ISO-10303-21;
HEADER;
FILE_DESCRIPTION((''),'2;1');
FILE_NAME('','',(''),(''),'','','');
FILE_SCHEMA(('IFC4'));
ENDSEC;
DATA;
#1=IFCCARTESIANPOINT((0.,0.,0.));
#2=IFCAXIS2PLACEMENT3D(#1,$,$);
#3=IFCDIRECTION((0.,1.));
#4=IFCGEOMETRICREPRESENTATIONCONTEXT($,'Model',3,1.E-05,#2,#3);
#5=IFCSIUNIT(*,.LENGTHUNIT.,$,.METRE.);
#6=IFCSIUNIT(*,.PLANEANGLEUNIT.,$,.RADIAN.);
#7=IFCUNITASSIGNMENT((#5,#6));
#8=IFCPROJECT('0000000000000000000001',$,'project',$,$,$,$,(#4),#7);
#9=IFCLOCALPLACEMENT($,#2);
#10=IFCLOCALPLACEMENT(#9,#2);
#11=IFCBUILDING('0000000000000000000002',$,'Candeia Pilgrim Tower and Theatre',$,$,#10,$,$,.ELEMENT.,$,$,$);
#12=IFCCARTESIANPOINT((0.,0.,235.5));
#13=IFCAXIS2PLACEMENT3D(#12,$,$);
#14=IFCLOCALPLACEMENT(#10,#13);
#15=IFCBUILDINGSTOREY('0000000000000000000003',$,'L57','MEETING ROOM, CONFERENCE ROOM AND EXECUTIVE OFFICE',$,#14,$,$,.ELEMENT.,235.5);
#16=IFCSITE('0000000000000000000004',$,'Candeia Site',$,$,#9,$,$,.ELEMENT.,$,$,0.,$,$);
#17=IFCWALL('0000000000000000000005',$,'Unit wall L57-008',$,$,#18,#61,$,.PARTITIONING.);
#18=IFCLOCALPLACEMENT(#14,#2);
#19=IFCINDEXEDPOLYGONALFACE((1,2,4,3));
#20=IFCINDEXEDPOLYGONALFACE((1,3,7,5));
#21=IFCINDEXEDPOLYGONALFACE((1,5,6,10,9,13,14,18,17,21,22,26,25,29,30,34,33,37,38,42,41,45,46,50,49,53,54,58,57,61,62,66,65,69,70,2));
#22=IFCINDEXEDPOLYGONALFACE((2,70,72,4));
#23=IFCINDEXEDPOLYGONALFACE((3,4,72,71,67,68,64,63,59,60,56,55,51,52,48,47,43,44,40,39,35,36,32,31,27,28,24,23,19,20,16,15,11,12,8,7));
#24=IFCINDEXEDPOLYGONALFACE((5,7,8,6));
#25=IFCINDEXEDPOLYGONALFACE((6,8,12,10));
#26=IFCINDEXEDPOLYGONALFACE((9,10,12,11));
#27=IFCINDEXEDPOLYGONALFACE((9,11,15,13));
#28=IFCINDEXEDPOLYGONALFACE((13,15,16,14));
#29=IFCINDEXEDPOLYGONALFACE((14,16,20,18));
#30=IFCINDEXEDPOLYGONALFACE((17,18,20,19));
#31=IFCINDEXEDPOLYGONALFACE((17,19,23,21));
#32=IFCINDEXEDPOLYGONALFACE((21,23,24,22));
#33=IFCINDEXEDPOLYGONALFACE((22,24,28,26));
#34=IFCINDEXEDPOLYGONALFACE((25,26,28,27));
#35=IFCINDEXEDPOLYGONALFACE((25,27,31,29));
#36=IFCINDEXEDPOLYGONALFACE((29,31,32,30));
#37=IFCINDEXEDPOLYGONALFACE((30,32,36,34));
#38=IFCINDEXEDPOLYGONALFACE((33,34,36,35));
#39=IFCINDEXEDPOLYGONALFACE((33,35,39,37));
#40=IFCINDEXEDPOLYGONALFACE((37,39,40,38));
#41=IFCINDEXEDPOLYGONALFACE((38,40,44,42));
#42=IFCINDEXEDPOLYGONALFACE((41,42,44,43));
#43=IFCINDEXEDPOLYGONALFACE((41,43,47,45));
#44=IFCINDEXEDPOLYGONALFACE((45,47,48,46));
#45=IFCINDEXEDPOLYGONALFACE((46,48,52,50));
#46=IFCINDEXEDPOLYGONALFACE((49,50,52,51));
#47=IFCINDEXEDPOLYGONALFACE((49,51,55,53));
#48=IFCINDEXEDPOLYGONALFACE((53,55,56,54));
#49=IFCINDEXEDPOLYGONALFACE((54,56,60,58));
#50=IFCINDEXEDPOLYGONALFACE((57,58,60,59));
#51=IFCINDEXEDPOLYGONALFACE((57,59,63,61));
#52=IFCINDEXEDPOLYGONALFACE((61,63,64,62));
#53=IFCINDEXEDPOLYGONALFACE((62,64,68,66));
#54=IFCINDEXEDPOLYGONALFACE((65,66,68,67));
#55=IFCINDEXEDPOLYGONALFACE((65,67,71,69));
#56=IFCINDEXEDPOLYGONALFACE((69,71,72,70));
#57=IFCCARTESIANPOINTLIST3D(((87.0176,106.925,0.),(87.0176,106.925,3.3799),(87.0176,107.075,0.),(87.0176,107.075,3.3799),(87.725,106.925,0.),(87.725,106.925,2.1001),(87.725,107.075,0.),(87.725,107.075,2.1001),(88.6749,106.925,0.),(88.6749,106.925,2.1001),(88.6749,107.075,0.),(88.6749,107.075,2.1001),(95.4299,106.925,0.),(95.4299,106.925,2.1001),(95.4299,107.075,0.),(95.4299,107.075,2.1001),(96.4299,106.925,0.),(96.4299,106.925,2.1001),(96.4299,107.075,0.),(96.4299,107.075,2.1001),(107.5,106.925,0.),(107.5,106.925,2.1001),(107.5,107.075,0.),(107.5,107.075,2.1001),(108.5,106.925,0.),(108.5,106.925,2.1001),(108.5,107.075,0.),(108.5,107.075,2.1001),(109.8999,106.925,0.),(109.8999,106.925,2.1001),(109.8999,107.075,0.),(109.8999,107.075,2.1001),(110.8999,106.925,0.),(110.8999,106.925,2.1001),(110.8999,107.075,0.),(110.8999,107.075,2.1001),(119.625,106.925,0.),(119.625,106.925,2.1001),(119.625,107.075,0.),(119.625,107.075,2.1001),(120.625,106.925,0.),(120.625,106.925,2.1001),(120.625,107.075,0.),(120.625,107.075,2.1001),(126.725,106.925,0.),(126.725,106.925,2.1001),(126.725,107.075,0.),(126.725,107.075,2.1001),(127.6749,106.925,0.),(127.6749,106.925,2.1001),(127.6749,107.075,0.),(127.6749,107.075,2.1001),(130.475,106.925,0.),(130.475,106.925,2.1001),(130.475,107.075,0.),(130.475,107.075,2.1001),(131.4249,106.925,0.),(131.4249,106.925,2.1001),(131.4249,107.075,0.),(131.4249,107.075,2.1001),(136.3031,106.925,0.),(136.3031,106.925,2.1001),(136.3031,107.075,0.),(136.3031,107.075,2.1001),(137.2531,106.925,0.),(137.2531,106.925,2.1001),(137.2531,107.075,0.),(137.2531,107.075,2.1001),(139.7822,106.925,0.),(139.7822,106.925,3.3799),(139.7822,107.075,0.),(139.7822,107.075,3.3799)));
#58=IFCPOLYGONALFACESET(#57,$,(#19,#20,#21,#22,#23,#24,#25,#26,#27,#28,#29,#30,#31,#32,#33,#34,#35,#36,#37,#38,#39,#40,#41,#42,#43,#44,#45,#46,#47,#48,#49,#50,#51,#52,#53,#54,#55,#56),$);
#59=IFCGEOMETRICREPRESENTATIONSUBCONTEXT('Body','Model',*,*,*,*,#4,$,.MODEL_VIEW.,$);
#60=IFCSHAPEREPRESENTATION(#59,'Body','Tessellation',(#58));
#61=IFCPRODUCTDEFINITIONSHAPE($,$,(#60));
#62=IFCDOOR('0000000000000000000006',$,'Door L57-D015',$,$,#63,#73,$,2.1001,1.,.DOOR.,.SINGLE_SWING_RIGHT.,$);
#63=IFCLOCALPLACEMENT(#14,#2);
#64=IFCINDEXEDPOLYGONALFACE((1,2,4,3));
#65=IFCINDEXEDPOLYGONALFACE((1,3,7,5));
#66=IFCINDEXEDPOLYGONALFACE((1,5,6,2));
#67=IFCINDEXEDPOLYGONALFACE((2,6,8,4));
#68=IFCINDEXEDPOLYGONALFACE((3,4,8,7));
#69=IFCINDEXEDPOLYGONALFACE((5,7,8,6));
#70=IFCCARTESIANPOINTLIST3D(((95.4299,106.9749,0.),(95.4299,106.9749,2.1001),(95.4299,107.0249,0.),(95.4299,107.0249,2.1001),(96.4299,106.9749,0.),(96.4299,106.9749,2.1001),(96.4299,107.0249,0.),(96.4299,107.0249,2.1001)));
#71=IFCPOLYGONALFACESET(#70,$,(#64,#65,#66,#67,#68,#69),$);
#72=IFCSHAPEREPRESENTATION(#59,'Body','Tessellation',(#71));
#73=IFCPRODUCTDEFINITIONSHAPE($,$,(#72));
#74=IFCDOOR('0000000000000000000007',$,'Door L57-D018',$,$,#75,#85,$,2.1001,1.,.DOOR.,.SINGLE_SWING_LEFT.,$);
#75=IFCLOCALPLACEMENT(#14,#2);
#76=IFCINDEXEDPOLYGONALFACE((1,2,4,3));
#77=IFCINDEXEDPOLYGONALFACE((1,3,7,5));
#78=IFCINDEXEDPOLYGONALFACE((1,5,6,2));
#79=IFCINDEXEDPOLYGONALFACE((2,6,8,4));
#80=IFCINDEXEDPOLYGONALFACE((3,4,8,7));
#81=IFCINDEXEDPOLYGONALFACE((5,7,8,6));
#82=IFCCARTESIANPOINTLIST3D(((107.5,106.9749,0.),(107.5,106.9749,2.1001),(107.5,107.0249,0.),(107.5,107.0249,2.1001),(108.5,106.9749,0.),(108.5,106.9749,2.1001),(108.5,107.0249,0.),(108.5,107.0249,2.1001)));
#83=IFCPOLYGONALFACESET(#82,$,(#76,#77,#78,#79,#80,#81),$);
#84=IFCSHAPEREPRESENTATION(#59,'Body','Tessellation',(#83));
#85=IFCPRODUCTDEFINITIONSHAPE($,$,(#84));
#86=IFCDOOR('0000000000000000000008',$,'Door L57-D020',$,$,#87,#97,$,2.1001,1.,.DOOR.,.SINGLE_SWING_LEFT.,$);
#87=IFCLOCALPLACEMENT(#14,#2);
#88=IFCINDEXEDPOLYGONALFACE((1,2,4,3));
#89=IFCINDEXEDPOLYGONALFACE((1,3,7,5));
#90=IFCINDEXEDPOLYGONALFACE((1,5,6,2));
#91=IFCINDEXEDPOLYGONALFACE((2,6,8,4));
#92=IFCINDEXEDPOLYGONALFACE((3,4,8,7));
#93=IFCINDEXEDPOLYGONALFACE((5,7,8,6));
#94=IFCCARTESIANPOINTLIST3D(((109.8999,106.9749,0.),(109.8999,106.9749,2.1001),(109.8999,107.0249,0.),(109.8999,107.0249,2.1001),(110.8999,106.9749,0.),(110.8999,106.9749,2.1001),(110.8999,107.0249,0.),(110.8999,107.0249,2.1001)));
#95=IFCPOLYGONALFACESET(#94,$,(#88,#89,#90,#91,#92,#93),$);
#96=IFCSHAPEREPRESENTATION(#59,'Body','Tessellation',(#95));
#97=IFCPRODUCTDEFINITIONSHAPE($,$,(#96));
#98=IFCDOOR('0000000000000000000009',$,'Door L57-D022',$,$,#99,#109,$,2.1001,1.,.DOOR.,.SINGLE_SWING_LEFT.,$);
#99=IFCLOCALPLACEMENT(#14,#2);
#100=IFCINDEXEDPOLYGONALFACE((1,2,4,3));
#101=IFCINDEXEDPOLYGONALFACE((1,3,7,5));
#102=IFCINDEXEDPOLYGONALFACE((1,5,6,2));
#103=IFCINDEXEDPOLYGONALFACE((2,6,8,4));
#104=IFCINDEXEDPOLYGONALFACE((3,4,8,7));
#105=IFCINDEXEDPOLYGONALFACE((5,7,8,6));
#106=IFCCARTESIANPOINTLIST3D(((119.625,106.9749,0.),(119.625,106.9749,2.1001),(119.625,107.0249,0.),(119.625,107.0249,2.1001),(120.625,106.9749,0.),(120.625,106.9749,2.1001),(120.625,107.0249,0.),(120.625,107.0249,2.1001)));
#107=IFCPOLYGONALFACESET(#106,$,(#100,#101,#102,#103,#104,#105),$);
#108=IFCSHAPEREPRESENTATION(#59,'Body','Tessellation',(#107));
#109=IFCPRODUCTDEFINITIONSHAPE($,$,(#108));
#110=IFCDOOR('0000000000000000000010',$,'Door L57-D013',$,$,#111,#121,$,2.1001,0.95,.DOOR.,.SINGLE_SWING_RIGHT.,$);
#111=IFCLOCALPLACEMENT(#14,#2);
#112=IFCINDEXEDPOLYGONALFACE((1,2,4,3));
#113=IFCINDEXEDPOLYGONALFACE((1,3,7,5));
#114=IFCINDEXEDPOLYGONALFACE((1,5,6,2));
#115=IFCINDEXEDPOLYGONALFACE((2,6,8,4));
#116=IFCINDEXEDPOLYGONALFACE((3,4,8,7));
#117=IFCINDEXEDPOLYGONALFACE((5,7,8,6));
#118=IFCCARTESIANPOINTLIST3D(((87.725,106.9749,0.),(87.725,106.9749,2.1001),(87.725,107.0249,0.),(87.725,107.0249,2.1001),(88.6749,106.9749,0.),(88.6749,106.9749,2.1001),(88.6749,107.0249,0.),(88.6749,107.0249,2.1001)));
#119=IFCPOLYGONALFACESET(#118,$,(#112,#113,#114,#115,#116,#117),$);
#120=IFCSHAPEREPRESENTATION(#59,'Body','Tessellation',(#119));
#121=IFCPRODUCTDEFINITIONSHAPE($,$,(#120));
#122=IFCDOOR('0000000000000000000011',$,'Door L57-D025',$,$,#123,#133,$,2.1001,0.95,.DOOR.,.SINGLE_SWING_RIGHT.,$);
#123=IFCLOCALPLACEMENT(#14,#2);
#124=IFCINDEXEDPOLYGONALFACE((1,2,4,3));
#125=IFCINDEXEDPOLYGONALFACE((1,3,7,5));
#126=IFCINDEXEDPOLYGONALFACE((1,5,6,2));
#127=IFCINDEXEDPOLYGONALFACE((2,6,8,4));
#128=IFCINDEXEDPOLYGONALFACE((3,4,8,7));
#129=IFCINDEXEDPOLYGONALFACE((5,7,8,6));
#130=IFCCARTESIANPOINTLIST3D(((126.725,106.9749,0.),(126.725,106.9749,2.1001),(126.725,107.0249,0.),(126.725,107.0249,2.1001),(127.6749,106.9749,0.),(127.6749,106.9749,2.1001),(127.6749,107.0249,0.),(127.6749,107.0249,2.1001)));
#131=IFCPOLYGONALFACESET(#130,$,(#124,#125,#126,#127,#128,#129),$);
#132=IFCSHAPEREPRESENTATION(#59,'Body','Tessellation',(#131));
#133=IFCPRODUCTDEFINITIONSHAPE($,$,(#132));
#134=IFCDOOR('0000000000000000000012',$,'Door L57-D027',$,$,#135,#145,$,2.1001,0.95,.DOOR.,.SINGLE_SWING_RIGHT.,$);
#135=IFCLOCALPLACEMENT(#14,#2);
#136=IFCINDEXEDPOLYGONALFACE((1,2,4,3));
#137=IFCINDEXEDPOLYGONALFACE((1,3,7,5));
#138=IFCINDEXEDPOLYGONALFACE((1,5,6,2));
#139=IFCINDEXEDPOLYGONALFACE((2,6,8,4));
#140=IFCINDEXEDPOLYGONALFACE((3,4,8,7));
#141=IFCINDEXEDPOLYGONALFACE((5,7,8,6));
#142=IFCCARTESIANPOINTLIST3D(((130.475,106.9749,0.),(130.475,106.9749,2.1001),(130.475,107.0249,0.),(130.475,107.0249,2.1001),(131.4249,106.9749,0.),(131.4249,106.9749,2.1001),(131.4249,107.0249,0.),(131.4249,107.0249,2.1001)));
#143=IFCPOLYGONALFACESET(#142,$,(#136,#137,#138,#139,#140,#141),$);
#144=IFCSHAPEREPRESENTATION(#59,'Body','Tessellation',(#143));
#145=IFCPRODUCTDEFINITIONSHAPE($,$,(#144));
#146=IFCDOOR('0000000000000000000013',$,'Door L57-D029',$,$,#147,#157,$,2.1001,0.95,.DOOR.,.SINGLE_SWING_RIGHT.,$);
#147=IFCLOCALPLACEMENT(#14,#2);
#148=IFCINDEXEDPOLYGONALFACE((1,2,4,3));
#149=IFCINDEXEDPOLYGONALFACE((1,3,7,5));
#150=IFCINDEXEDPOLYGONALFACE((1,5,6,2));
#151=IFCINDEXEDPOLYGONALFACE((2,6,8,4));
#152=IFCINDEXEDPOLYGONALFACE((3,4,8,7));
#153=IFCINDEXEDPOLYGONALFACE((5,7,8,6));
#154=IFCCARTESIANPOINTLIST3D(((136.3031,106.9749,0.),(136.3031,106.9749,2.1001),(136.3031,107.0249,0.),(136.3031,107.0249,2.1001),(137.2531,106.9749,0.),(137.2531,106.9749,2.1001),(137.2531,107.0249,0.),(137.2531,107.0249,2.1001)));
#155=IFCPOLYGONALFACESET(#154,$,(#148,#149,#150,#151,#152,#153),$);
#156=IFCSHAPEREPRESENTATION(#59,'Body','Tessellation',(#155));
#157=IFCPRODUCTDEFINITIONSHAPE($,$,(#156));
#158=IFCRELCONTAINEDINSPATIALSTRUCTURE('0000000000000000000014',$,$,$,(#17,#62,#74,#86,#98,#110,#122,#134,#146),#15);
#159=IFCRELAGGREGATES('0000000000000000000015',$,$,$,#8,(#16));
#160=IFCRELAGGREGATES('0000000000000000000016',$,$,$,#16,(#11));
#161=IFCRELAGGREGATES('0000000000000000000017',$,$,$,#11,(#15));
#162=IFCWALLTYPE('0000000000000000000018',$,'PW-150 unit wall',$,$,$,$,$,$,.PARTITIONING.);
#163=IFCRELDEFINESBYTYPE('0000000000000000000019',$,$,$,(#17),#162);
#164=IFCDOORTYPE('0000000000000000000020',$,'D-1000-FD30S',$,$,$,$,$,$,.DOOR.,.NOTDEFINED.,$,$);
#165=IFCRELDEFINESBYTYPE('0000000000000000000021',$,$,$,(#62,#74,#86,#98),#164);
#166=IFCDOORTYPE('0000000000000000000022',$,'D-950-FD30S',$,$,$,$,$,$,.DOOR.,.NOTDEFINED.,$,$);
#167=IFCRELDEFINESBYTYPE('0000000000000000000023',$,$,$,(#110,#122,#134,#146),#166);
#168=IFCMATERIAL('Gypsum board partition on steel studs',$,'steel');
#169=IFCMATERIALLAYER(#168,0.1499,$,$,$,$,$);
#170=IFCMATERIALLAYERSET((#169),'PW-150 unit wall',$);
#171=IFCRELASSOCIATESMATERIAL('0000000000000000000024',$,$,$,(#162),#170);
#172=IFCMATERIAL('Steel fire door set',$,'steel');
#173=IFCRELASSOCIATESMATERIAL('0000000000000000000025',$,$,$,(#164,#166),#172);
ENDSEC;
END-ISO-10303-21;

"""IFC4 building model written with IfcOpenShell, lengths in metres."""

from ifc_helpers import new_model, si_unit, direction, frame, frame_2d, origin, place, context, subcontext, project, spatial, rectangle, extrude, material, layer, layer_set, type_object, element, fill, save


model = new_model("IFC4")

# Units and contexts
model_context = context("Model", 3, precision=1e-05, world=origin(), true_north=direction((0.0, 1.0)))
body_context = subcontext(model_context, "Body", "Model", "MODEL_VIEW")
ifc_project = project(units=[si_unit("LENGTHUNIT", "METRE"), si_unit("PLANEANGLEUNIT", "RADIAN")], contexts=[model_context])

# Site, building, storey
site_placement = place(None, origin())
site = spatial("IfcSite", under=ifc_project, at=site_placement, Name="Candeia Site", CompositionType="ELEMENT", RefElevation=0.0)
building_placement = place(site_placement, origin())
building = spatial("IfcBuilding", under=site, at=building_placement, Name="Candeia Pilgrim Tower and Theatre", CompositionType="ELEMENT")
storey_placement = place(building_placement, frame((0.0, 0.0, 235.5)))
storey = spatial("IfcBuildingStorey", under=building, at=storey_placement, Name="L57", Description="MEETING ROOM, CONFERENCE ROOM AND EXECUTIVE OFFICE", CompositionType="ELEMENT", Elevation=235.5)

# Shared definitions
ifc_material_1 = material(Name="Gypsum board partition on steel studs", Category="steel")

# Wall, openings, doors
ifc_layer_1 = layer(ifc_material_1, 0.1499)
ifc_layer_set_1 = layer_set([ifc_layer_1], Name="PW-150 unit wall")
wall_type_1 = type_object("IfcWallType", Name="PW-150 unit wall", PredefinedType="PARTITIONING", material=ifc_layer_set_1)
wall_1_placement = place(storey_placement, frame((87.0176, 107.0, 0.0), z_axis=(0.0, 0.0, 1.0), x_axis=(1.0, 0.0, 0.0)))
wall_1 = element("IfcWall", 1, at=wall_1_placement, inside=storey, type_object=wall_type_1, Name="Unit wall L57-008", PredefinedType="PARTITIONING", context=body_context, shape_type="SweptSolid", body=[
    extrude(rectangle(XDim=52.7646, YDim=0.1499, at=frame_2d((26.3823, 0.0))), origin(), (0.0, 0.0, 1.0), 3.3799),
])
opening_1_placement = place(wall_1_placement, frame((0.7073, 0.0, 0.0)))
opening_1 = element("IfcOpeningElement", 2, at=opening_1_placement, cuts=wall_1, PredefinedType="OPENING", context=body_context, shape_type="SweptSolid", body=[
    extrude(rectangle(XDim=0.95, YDim=2.1001, at=frame_2d((0.4751, 1.05))), frame((0.0, 0.085, 0.0), z_axis=(0.0, -1.0, 0.0), x_axis=(1.0, 0.0, 0.0)), (0.0, 0.0, 1.0), 0.1699),
])
opening_2_placement = place(wall_1_placement, frame((8.4124, 0.0, 0.0)))
opening_2 = element("IfcOpeningElement", 3, at=opening_2_placement, cuts=wall_1, PredefinedType="OPENING", context=body_context, shape_type="SweptSolid", body=[
    extrude(rectangle(XDim=1.0, YDim=2.1001, at=frame_2d((0.5, 1.05))), frame((0.0, 0.085, 0.0), z_axis=(0.0, -1.0, 0.0), x_axis=(1.0, 0.0, 0.0)), (0.0, 0.0, 1.0), 0.1699),
])
opening_3_placement = place(wall_1_placement, frame((20.4824, 0.0, 0.0)))
opening_3 = element("IfcOpeningElement", 4, at=opening_3_placement, cuts=wall_1, PredefinedType="OPENING", context=body_context, shape_type="SweptSolid", body=[
    extrude(rectangle(XDim=1.0, YDim=2.1001, at=frame_2d((0.5, 1.05))), frame((0.0, 0.085, 0.0), z_axis=(0.0, -1.0, 0.0), x_axis=(1.0, 0.0, 0.0)), (0.0, 0.0, 1.0), 0.1699),
])
opening_4_placement = place(wall_1_placement, frame((22.8823, 0.0, 0.0)))
opening_4 = element("IfcOpeningElement", 5, at=opening_4_placement, cuts=wall_1, PredefinedType="OPENING", context=body_context, shape_type="SweptSolid", body=[
    extrude(rectangle(XDim=1.0, YDim=2.1001, at=frame_2d((0.5, 1.05))), frame((0.0, 0.085, 0.0), z_axis=(0.0, -1.0, 0.0), x_axis=(1.0, 0.0, 0.0)), (0.0, 0.0, 1.0), 0.1699),
])
opening_5_placement = place(wall_1_placement, frame((32.6074, 0.0, 0.0)))
opening_5 = element("IfcOpeningElement", 6, at=opening_5_placement, cuts=wall_1, PredefinedType="OPENING", context=body_context, shape_type="SweptSolid", body=[
    extrude(rectangle(XDim=1.0, YDim=2.1001, at=frame_2d((0.5, 1.05))), frame((0.0, 0.085, 0.0), z_axis=(0.0, -1.0, 0.0), x_axis=(1.0, 0.0, 0.0)), (0.0, 0.0, 1.0), 0.1699),
])
opening_6_placement = place(wall_1_placement, frame((39.7073, 0.0, 0.0)))
opening_6 = element("IfcOpeningElement", 7, at=opening_6_placement, cuts=wall_1, PredefinedType="OPENING", context=body_context, shape_type="SweptSolid", body=[
    extrude(rectangle(XDim=0.95, YDim=2.1001, at=frame_2d((0.4751, 1.05))), frame((0.0, 0.085, 0.0), z_axis=(0.0, -1.0, 0.0), x_axis=(1.0, 0.0, 0.0)), (0.0, 0.0, 1.0), 0.1699),
])
opening_7_placement = place(wall_1_placement, frame((43.4573, 0.0, 0.0)))
opening_7 = element("IfcOpeningElement", 8, at=opening_7_placement, cuts=wall_1, PredefinedType="OPENING", context=body_context, shape_type="SweptSolid", body=[
    extrude(rectangle(XDim=0.95, YDim=2.1001, at=frame_2d((0.4751, 1.05))), frame((0.0, 0.085, 0.0), z_axis=(0.0, -1.0, 0.0), x_axis=(1.0, 0.0, 0.0)), (0.0, 0.0, 1.0), 0.1699),
])
opening_8_placement = place(wall_1_placement, frame((49.2854, 0.0, 0.0)))
opening_8 = element("IfcOpeningElement", 9, at=opening_8_placement, cuts=wall_1, PredefinedType="OPENING", context=body_context, shape_type="SweptSolid", body=[
    extrude(rectangle(XDim=0.95, YDim=2.1001, at=frame_2d((0.4751, 1.05))), frame((0.0, 0.085, 0.0), z_axis=(0.0, -1.0, 0.0), x_axis=(1.0, 0.0, 0.0)), (0.0, 0.0, 1.0), 0.1699),
])
ifc_material_2 = material(Name="Steel fire door set", Category="steel")
door_type_1 = type_object("IfcDoorType", Name="D-1000-FD30S", OperationType="NOTDEFINED", PredefinedType="DOOR", material=ifc_material_2)
door_1_placement = place(opening_2_placement, origin())
door_1 = element("IfcDoor", 10, at=door_1_placement, inside=storey, type_object=door_type_1, Name="Door L57-D015", OperationType="SINGLE_SWING_RIGHT", OverallHeight=2.1001, OverallWidth=1.0, PredefinedType="DOOR", context=body_context, shape_type="SweptSolid", body=[
    extrude(rectangle(XDim=1.0, YDim=2.1001, at=frame_2d((0.5, 1.05))), frame((0.0, 0.0249, 0.0), z_axis=(0.0, -1.0, 0.0), x_axis=(1.0, 0.0, 0.0)), (0.0, 0.0, 1.0), 0.05),
])
fill(opening_2, door_1)
door_2_placement = place(opening_3_placement, origin())
door_2 = element("IfcDoor", 11, at=door_2_placement, inside=storey, type_object=door_type_1, Name="Door L57-D018", OperationType="SINGLE_SWING_LEFT", OverallHeight=2.1001, OverallWidth=1.0, PredefinedType="DOOR", context=body_context, shape_type="SweptSolid", body=[
    extrude(rectangle(XDim=1.0, YDim=2.1001, at=frame_2d((0.5, 1.05))), frame((0.0, 0.0249, 0.0), z_axis=(0.0, -1.0, 0.0), x_axis=(1.0, 0.0, 0.0)), (0.0, 0.0, 1.0), 0.05),
])
fill(opening_3, door_2)
door_3_placement = place(opening_4_placement, origin())
door_3 = element("IfcDoor", 12, at=door_3_placement, inside=storey, type_object=door_type_1, Name="Door L57-D020", OperationType="SINGLE_SWING_LEFT", OverallHeight=2.1001, OverallWidth=1.0, PredefinedType="DOOR", context=body_context, shape_type="SweptSolid", body=[
    extrude(rectangle(XDim=1.0, YDim=2.1001, at=frame_2d((0.5, 1.05))), frame((0.0, 0.0249, 0.0), z_axis=(0.0, -1.0, 0.0), x_axis=(1.0, 0.0, 0.0)), (0.0, 0.0, 1.0), 0.05),
])
fill(opening_4, door_3)
door_4_placement = place(opening_5_placement, origin())
door_4 = element("IfcDoor", 13, at=door_4_placement, inside=storey, type_object=door_type_1, Name="Door L57-D022", OperationType="SINGLE_SWING_LEFT", OverallHeight=2.1001, OverallWidth=1.0, PredefinedType="DOOR", context=body_context, shape_type="SweptSolid", body=[
    extrude(rectangle(XDim=1.0, YDim=2.1001, at=frame_2d((0.5, 1.05))), frame((0.0, 0.0249, 0.0), z_axis=(0.0, -1.0, 0.0), x_axis=(1.0, 0.0, 0.0)), (0.0, 0.0, 1.0), 0.05),
])
fill(opening_5, door_4)
door_type_2 = type_object("IfcDoorType", Name="D-950-FD30S", OperationType="NOTDEFINED", PredefinedType="DOOR", material=ifc_material_2)
door_5_placement = place(opening_1_placement, origin())
door_5 = element("IfcDoor", 14, at=door_5_placement, inside=storey, type_object=door_type_2, Name="Door L57-D013", OperationType="SINGLE_SWING_RIGHT", OverallHeight=2.1001, OverallWidth=0.95, PredefinedType="DOOR", context=body_context, shape_type="SweptSolid", body=[
    extrude(rectangle(XDim=0.95, YDim=2.1001, at=frame_2d((0.4751, 1.05))), frame((0.0, 0.0249, 0.0), z_axis=(0.0, -1.0, 0.0), x_axis=(1.0, 0.0, 0.0)), (0.0, 0.0, 1.0), 0.05),
])
fill(opening_1, door_5)
door_6_placement = place(opening_6_placement, origin())
door_6 = element("IfcDoor", 15, at=door_6_placement, inside=storey, type_object=door_type_2, Name="Door L57-D025", OperationType="SINGLE_SWING_RIGHT", OverallHeight=2.1001, OverallWidth=0.95, PredefinedType="DOOR", context=body_context, shape_type="SweptSolid", body=[
    extrude(rectangle(XDim=0.95, YDim=2.1001, at=frame_2d((0.4751, 1.05))), frame((0.0, 0.0249, 0.0), z_axis=(0.0, -1.0, 0.0), x_axis=(1.0, 0.0, 0.0)), (0.0, 0.0, 1.0), 0.05),
])
fill(opening_6, door_6)
door_7_placement = place(opening_7_placement, origin())
door_7 = element("IfcDoor", 16, at=door_7_placement, inside=storey, type_object=door_type_2, Name="Door L57-D027", OperationType="SINGLE_SWING_RIGHT", OverallHeight=2.1001, OverallWidth=0.95, PredefinedType="DOOR", context=body_context, shape_type="SweptSolid", body=[
    extrude(rectangle(XDim=0.95, YDim=2.1001, at=frame_2d((0.4751, 1.05))), frame((0.0, 0.0249, 0.0), z_axis=(0.0, -1.0, 0.0), x_axis=(1.0, 0.0, 0.0)), (0.0, 0.0, 1.0), 0.05),
])
fill(opening_7, door_7)
door_8_placement = place(opening_8_placement, origin())
door_8 = element("IfcDoor", 17, at=door_8_placement, inside=storey, type_object=door_type_2, Name="Door L57-D029", OperationType="SINGLE_SWING_RIGHT", OverallHeight=2.1001, OverallWidth=0.95, PredefinedType="DOOR", context=body_context, shape_type="SweptSolid", body=[
    extrude(rectangle(XDim=0.95, YDim=2.1001, at=frame_2d((0.4751, 1.05))), frame((0.0, 0.0249, 0.0), z_axis=(0.0, -1.0, 0.0), x_axis=(1.0, 0.0, 0.0)), (0.0, 0.0, 1.0), 0.05),
])
fill(opening_8, door_8)

save(model, "model.ifc")
